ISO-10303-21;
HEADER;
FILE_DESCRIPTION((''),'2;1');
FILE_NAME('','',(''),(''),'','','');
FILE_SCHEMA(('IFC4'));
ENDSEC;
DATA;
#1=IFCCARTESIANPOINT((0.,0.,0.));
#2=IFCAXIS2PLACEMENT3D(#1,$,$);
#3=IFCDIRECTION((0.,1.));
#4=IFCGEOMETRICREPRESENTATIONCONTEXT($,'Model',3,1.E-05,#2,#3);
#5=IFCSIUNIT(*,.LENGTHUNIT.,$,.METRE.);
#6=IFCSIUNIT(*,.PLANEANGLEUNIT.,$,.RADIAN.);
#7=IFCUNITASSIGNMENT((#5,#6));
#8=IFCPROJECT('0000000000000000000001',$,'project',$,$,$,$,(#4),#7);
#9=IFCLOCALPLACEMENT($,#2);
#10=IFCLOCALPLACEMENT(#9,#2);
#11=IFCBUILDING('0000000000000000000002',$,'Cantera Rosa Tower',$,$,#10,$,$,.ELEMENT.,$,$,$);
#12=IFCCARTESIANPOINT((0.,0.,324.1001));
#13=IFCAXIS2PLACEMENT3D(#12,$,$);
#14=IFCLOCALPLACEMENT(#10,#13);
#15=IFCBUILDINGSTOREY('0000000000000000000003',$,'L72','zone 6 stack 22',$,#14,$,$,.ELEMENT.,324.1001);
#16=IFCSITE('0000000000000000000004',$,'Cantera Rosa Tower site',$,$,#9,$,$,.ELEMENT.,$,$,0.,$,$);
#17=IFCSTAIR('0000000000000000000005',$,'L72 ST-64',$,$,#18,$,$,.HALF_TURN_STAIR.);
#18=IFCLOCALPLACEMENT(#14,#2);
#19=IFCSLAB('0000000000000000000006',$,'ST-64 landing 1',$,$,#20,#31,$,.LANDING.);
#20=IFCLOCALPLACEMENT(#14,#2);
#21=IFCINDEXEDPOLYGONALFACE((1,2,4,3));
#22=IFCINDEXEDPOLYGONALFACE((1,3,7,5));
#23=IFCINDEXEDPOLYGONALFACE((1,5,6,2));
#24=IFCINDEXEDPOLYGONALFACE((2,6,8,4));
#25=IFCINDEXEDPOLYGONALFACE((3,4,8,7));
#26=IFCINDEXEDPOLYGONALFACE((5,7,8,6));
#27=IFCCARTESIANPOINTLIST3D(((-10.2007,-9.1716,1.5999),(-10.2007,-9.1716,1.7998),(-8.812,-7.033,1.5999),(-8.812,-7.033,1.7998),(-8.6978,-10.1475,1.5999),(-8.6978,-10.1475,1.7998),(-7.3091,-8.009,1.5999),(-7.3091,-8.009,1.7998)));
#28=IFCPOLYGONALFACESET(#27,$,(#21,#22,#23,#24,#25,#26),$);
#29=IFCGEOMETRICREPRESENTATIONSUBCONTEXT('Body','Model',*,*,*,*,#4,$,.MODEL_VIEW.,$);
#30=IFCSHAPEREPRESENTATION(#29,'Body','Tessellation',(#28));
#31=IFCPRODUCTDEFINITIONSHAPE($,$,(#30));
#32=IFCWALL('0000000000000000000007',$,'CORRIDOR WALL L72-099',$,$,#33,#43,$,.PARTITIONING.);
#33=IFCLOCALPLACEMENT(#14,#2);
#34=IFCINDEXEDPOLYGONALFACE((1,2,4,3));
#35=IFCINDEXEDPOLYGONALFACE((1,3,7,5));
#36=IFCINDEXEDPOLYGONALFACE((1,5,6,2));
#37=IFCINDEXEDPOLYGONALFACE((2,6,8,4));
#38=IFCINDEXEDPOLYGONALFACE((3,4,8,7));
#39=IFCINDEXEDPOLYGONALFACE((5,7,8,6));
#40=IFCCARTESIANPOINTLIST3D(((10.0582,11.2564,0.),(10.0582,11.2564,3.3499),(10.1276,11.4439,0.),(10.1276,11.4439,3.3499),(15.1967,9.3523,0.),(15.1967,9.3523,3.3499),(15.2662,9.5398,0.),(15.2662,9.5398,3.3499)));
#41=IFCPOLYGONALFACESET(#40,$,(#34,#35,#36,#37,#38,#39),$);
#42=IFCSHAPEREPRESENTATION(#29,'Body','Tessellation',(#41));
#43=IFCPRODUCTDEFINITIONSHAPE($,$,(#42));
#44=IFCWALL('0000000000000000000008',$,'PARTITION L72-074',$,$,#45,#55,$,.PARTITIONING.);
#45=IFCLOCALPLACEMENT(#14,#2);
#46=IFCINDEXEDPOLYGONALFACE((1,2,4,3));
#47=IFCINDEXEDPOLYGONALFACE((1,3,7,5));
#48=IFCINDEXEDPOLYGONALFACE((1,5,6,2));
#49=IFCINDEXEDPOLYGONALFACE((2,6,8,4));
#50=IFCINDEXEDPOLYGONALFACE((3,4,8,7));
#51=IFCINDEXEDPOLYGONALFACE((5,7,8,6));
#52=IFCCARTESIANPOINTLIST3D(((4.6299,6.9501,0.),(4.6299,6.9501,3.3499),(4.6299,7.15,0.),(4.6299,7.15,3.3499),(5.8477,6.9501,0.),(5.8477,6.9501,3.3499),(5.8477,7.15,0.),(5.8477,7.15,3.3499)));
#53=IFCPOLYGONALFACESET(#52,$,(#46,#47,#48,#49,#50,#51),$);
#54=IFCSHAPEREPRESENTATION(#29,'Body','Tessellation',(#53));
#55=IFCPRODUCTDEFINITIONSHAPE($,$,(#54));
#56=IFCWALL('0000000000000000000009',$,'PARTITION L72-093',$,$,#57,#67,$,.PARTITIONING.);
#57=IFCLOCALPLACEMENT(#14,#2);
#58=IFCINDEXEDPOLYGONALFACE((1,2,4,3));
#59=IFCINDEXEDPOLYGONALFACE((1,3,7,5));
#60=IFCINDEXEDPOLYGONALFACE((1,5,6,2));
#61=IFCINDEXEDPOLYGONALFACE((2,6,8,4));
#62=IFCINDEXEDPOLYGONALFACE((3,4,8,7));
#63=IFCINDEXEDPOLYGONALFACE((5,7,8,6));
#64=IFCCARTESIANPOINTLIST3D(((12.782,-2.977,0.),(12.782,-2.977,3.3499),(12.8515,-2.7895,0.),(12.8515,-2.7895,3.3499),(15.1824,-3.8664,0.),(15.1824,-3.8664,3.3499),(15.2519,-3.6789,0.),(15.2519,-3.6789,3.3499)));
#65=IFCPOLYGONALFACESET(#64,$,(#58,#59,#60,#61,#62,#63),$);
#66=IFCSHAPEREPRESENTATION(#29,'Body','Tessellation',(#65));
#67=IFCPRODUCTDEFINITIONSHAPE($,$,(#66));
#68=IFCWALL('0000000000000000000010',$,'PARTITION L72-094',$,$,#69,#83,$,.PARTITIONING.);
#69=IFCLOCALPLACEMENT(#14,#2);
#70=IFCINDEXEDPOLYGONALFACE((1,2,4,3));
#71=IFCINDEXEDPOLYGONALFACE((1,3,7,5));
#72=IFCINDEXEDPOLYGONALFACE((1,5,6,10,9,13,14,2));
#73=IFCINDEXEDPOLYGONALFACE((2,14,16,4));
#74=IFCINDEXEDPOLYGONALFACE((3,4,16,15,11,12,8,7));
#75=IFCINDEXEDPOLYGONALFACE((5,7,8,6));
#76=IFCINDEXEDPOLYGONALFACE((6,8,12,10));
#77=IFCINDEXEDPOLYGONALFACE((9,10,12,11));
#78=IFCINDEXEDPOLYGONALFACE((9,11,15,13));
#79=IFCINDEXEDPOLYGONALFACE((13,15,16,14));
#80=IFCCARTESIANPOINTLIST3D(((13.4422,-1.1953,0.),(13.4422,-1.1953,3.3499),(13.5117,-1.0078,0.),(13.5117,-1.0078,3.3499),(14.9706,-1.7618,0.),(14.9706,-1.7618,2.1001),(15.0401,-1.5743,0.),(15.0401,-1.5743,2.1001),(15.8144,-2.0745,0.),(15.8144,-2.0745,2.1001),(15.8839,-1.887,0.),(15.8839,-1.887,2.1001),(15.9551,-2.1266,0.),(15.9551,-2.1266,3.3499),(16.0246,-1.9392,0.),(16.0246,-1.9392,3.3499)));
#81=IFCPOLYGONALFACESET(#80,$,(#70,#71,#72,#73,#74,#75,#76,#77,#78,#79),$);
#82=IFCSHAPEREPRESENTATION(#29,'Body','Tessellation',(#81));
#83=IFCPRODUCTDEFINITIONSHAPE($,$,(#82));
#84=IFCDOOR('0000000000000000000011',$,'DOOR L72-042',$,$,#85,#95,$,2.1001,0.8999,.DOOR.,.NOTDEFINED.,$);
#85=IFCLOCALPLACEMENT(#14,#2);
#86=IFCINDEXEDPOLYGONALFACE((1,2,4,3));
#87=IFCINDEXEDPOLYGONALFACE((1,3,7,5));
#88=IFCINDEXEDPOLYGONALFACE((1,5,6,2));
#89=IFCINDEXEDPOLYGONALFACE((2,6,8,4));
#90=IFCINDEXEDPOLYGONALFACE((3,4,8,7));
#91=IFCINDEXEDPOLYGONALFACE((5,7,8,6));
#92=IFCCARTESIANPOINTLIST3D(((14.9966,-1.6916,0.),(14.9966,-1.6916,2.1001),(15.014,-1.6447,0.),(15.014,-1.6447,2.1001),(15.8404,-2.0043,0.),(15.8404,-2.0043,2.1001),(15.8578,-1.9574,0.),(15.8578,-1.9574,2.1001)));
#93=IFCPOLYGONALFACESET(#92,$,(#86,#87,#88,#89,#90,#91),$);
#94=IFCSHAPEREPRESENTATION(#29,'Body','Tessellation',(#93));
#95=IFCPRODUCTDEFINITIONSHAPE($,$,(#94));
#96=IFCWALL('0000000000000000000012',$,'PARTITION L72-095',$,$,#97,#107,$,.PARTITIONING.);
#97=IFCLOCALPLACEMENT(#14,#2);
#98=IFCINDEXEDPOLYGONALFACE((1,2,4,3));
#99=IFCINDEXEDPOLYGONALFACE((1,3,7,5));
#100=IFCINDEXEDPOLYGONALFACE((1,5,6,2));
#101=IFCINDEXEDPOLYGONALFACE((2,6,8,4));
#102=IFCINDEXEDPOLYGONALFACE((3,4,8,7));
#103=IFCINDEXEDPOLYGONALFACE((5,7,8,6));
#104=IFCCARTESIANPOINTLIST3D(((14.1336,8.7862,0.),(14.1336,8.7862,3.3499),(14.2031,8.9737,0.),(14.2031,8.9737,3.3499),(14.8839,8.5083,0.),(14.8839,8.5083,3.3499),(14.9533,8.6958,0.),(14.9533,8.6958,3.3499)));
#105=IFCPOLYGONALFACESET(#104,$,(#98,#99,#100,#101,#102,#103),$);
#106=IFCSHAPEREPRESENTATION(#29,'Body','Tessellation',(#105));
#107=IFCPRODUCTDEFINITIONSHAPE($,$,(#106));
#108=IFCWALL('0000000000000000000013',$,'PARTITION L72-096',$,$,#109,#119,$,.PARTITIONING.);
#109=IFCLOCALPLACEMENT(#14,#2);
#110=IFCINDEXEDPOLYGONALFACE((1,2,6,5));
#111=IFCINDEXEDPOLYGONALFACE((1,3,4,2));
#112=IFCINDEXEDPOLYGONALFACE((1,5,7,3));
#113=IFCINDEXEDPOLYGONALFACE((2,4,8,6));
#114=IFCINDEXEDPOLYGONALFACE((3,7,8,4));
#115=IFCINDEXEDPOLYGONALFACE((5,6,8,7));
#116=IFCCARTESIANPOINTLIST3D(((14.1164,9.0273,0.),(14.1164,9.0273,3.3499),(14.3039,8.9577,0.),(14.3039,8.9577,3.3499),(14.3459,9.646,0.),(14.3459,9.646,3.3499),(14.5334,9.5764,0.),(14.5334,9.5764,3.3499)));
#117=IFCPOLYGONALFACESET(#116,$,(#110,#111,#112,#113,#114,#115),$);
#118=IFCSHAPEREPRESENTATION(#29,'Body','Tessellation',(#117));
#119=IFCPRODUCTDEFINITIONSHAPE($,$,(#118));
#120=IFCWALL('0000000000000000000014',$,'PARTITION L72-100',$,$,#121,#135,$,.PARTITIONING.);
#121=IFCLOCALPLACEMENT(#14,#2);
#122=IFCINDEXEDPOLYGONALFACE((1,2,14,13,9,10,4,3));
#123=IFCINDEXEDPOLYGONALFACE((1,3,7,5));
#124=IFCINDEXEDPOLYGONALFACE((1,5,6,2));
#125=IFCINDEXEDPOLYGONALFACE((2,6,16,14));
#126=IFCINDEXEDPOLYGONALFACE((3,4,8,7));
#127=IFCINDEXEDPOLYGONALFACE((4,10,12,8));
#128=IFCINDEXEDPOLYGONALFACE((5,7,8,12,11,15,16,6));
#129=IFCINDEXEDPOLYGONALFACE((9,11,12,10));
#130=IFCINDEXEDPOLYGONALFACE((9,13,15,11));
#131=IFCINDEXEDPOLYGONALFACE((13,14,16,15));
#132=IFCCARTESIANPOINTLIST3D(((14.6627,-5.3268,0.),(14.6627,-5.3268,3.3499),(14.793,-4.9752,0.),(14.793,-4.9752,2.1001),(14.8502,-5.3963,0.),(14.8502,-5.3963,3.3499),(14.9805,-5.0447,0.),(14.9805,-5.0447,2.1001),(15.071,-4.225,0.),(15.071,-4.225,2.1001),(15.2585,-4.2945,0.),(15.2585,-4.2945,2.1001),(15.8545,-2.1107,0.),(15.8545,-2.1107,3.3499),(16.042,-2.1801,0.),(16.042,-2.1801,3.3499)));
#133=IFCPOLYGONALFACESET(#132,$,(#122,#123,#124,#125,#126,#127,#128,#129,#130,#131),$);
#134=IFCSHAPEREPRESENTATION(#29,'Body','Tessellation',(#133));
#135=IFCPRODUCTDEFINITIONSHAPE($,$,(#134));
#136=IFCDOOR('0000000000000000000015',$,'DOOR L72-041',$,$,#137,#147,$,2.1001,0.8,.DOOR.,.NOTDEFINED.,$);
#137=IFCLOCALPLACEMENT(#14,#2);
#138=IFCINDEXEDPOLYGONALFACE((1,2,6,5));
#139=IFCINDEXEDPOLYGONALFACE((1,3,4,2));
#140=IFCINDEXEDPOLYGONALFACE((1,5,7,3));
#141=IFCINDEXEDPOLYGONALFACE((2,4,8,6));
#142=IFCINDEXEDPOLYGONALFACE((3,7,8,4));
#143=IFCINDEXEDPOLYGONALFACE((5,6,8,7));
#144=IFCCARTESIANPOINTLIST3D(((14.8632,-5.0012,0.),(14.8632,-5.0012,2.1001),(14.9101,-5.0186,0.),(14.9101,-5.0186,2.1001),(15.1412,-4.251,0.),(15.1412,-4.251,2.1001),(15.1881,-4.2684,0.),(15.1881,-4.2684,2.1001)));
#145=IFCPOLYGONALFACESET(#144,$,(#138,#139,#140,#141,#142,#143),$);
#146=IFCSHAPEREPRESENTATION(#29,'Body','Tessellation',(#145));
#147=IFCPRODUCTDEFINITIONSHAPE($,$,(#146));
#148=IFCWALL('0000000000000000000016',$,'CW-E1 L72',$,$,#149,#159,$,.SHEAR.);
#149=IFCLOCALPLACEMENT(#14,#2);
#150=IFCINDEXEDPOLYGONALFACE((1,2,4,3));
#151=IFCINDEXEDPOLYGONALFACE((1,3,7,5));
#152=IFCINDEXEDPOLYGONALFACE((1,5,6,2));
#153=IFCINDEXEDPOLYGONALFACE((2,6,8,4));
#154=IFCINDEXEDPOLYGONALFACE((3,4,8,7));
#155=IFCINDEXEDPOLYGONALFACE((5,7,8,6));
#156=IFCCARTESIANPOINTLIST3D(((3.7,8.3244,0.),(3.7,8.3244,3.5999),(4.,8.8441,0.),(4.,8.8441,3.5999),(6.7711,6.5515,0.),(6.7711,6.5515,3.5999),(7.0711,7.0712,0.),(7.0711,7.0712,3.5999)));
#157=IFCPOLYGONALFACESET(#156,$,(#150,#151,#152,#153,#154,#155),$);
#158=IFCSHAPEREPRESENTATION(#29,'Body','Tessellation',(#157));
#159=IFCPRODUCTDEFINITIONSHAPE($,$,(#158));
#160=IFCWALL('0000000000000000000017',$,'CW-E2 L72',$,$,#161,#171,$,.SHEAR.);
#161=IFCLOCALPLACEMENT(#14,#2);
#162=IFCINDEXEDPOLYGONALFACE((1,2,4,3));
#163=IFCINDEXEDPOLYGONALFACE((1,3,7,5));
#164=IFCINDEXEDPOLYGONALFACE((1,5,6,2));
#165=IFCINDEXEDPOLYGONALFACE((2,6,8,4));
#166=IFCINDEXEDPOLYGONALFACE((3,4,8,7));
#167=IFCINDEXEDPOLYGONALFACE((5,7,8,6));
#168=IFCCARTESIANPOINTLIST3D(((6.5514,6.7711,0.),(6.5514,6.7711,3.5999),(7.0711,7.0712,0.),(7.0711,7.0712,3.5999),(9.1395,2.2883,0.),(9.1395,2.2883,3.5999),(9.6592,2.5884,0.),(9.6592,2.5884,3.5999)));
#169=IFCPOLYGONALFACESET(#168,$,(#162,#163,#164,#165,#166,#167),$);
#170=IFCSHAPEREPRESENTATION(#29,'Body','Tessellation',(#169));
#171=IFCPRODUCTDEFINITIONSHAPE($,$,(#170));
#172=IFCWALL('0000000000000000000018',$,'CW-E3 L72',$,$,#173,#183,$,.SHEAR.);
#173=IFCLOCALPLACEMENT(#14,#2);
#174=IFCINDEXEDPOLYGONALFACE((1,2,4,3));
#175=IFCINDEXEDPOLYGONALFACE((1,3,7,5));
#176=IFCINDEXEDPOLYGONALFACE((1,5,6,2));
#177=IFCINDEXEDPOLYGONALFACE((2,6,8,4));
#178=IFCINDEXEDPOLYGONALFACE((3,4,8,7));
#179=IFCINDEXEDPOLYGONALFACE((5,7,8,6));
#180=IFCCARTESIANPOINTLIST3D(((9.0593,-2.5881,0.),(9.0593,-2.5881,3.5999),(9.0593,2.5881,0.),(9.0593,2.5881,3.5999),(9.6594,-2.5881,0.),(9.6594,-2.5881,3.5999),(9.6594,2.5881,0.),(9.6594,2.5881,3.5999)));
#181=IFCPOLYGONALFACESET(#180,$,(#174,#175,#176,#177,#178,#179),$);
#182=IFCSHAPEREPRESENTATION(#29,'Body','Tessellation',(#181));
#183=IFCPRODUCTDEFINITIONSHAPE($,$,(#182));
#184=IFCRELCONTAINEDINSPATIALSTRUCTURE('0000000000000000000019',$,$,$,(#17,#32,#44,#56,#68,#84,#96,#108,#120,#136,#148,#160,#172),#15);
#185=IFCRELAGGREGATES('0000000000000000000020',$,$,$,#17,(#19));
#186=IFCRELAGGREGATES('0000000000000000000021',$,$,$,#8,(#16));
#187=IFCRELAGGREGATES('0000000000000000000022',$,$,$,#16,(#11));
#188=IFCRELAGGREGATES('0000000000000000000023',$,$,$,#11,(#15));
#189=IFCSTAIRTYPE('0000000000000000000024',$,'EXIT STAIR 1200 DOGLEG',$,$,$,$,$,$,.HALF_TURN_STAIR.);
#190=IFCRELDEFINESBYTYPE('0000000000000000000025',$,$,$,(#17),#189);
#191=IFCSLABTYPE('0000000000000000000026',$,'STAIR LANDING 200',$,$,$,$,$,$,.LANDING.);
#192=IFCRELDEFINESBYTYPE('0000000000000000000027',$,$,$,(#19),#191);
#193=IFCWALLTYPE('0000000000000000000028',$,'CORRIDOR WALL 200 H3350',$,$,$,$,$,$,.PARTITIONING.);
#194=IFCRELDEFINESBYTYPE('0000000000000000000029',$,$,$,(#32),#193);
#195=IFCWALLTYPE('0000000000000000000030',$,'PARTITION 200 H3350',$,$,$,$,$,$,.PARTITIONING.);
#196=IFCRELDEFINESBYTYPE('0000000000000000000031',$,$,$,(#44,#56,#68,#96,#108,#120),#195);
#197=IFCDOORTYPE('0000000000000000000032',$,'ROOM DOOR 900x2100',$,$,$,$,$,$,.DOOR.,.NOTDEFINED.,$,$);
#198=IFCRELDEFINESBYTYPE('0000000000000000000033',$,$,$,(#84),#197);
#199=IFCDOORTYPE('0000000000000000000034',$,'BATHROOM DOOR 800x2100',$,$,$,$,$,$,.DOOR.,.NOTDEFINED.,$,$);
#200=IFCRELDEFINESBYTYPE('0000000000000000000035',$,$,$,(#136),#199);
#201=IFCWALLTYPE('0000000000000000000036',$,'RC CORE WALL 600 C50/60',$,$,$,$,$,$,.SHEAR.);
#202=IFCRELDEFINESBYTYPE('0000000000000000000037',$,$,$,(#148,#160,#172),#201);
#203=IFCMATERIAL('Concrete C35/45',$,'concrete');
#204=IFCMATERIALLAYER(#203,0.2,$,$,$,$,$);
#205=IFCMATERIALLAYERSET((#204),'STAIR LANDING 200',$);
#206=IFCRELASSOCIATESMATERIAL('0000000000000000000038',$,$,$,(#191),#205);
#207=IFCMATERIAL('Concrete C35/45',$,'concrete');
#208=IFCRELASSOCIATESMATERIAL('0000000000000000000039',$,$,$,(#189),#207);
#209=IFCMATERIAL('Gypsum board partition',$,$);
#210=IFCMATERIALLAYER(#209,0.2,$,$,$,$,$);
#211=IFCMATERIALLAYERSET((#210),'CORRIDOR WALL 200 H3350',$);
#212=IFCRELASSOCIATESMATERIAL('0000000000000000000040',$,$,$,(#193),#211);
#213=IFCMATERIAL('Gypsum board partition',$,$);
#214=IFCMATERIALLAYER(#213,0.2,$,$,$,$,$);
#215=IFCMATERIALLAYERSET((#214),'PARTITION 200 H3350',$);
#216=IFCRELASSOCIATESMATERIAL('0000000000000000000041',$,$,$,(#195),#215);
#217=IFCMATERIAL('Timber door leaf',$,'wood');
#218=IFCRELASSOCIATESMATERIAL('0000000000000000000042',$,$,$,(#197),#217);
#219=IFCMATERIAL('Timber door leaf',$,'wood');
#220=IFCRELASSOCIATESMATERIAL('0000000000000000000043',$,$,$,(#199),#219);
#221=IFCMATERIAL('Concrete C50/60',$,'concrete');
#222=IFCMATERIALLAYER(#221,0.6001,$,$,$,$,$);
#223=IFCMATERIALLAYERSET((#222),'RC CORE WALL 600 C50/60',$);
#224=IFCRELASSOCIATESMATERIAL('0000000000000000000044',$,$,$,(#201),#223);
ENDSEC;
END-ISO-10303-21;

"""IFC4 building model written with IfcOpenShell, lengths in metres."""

from ifc_helpers import new_model, si_unit, direction, frame, frame_2d, origin, place, context, subcontext, project, spatial, polyline, rectangle, outline, extrude, material, layer, layer_set, type_object, element, fill, aggregate, save


model = new_model("IFC4")

# Units and contexts
model_context = context("Model", 3, precision=1e-05, world=origin(), true_north=direction((0.0, 1.0)))
body_context = subcontext(model_context, "Body", "Model", "MODEL_VIEW")
ifc_project = project(units=[si_unit("LENGTHUNIT", "METRE"), si_unit("PLANEANGLEUNIT", "RADIAN")], contexts=[model_context])

# Site, building, storey
site_placement = place(None, origin())
site = spatial("IfcSite", under=ifc_project, at=site_placement, Name="Cantera Rosa Tower site", CompositionType="ELEMENT", RefElevation=0.0)
building_placement = place(site_placement, origin())
building = spatial("IfcBuilding", under=site, at=building_placement, Name="Cantera Rosa Tower", CompositionType="ELEMENT")
storey_placement = place(building_placement, frame((0.0, 0.0, 324.1001)))
storey = spatial("IfcBuildingStorey", under=building, at=storey_placement, Name="L72", Description="zone 6 stack 22", CompositionType="ELEMENT", Elevation=324.1001)

# Stair, slab
ifc_material_1 = material(Name="Concrete C35/45", Category="concrete")
ifc_layer_1 = layer(ifc_material_1, 0.2)
ifc_layer_set_1 = layer_set([ifc_layer_1], Name="STAIR LANDING 200")
slab_type = type_object("IfcSlabType", Name="STAIR LANDING 200", PredefinedType="LANDING", material=ifc_layer_set_1)
ifc_material_2 = material(Name="Concrete C35/45", Category="concrete")
stair_type_1 = type_object("IfcStairType", Name="EXIT STAIR 1200 DOGLEG", PredefinedType="HALF_TURN_STAIR", material=ifc_material_2)
stair_1_placement = place(storey_placement, origin())
stair_1 = element("IfcStair", 1, at=stair_1_placement, inside=storey, type_object=stair_type_1, Name="L72 ST-64", PredefinedType="HALF_TURN_STAIR")
slab_1_placement = place(storey_placement, frame((0.0, 0.0, 1.5999)))
slab_1 = element("IfcSlab", 2, at=slab_1_placement, type_object=slab_type, Name="ST-64 landing 1", PredefinedType="LANDING", context=body_context, shape_type="SweptSolid", body=[
    extrude(outline(polyline([(-7.3091, -8.009), (-8.812, -7.033), (-10.2007, -9.1716), (-8.6978, -10.1475), (-7.3091, -8.009)])), origin(), (0.0, 0.0, 1.0), 0.2),
])
aggregate(stair_1, [slab_1])

# Walls
ifc_material_3 = material(Name="Gypsum board partition")
ifc_layer_2 = layer(ifc_material_3, 0.2)
ifc_layer_set_2 = layer_set([ifc_layer_2], Name="CORRIDOR WALL 200 H3350")
wall_type_1 = type_object("IfcWallType", Name="CORRIDOR WALL 200 H3350", PredefinedType="PARTITIONING", material=ifc_layer_set_2)
wall_1_placement = place(storey_placement, frame((15.2314, 9.446, 0.0), z_axis=(0.0, 0.0, 1.0), x_axis=(-0.937693, 0.347464, 0.0)))
element("IfcWall", 3, at=wall_1_placement, inside=storey, type_object=wall_type_1, Name="CORRIDOR WALL L72-099", PredefinedType="PARTITIONING", context=body_context, shape_type="SweptSolid", body=[
    extrude(rectangle(XDim=5.48, YDim=0.2, at=frame_2d((2.74, 0.0))), origin(), (0.0, 0.0, 1.0), 3.3499),
])
ifc_material_4 = material(Name="Gypsum board partition")
ifc_layer_3 = layer(ifc_material_4, 0.2)
ifc_layer_set_3 = layer_set([ifc_layer_3], Name="PARTITION 200 H3350")
wall_type_2 = type_object("IfcWallType", Name="PARTITION 200 H3350", PredefinedType="PARTITIONING", material=ifc_layer_set_3)
wall_2_placement = place(storey_placement, frame((4.6299, 7.05, 0.0), z_axis=(0.0, 0.0, 1.0), x_axis=(1.0, 0.0, 0.0)))
element("IfcWall", 4, at=wall_2_placement, inside=storey, type_object=wall_type_2, Name="PARTITION L72-074", PredefinedType="PARTITIONING", context=body_context, shape_type="SweptSolid", body=[
    extrude(rectangle(XDim=1.2178, YDim=0.2, at=frame_2d((0.6089, 0.0))), origin(), (0.0, 0.0, 1.0), 3.3499),
])
wall_3_placement = place(storey_placement, frame((12.8169, -2.8833, 0.0), z_axis=(0.0, 0.0, 1.0), x_axis=(0.937702, -0.347442, 0.0)))
element("IfcWall", 5, at=wall_3_placement, inside=storey, type_object=wall_type_2, Name="PARTITION L72-093", PredefinedType="PARTITIONING", context=body_context, shape_type="SweptSolid", body=[
    extrude(rectangle(XDim=2.5598, YDim=0.2, at=frame_2d((1.2798, 0.0))), origin(), (0.0, 0.0, 1.0), 3.3499),
])

# Wall, opening, door
wall_4_placement = place(storey_placement, frame((13.4771, -1.1016, 0.0), z_axis=(0.0, 0.0, 1.0), x_axis=(0.937666, -0.347537, 0.0)))
wall_4 = element("IfcWall", 6, at=wall_4_placement, inside=storey, type_object=wall_type_2, Name="PARTITION L72-094", PredefinedType="PARTITIONING", context=body_context, shape_type="SweptSolid", body=[
    extrude(rectangle(XDim=2.6799, YDim=0.2, at=frame_2d((1.3398, 0.0))), origin(), (0.0, 0.0, 1.0), 3.3499),
])
opening_1_placement = place(wall_4_placement, frame((1.6299, 0.0, 0.0)))
opening_1 = element("IfcOpeningElement", 7, at=opening_1_placement, cuts=wall_4, PredefinedType="OPENING", context=body_context, shape_type="SweptSolid", body=[
    extrude(rectangle(XDim=0.8999, YDim=2.1001, at=frame_2d((0.45, 1.05))), frame((0.0, 0.1099, 0.0), z_axis=(0.0, -1.0, 0.0), x_axis=(1.0, 0.0, 0.0)), (0.0, 0.0, 1.0), 0.22),
])
ifc_material_5 = material(Name="Timber door leaf", Category="wood")
door_type_1 = type_object("IfcDoorType", Name="ROOM DOOR 900x2100", OperationType="NOTDEFINED", PredefinedType="DOOR", material=ifc_material_5)
door_1_placement = place(opening_1_placement, origin())
door_1 = element("IfcDoor", 8, at=door_1_placement, inside=storey, type_object=door_type_1, Name="DOOR L72-042", OperationType="NOTDEFINED", OverallHeight=2.1001, OverallWidth=0.8999, PredefinedType="DOOR", context=body_context, shape_type="SweptSolid", body=[
    extrude(rectangle(XDim=0.8999, YDim=2.1001, at=frame_2d((0.45, 1.05))), frame((0.0, 0.0249, 0.0), z_axis=(0.0, -1.0, 0.0), x_axis=(1.0, 0.0, 0.0)), (0.0, 0.0, 1.0), 0.05),
])
fill(opening_1, door_1)

# Walls
wall_5_placement = place(storey_placement, frame((14.1685, 8.8799, 0.0), z_axis=(0.0, 0.0, 1.0), x_axis=(0.937763, -0.347275, 0.0)))
element("IfcWall", 9, at=wall_5_placement, inside=storey, type_object=wall_type_2, Name="PARTITION L72-095", PredefinedType="PARTITIONING", context=body_context, shape_type="SweptSolid", body=[
    extrude(rectangle(XDim=0.8, YDim=0.2, at=frame_2d((0.3999, 0.0))), origin(), (0.0, 0.0, 1.0), 3.3499),
])
wall_6_placement = place(storey_placement, frame((14.4397, 9.6113, 0.0), z_axis=(0.0, 0.0, 1.0), x_axis=(-0.347796, -0.93757, 0.0)))
element("IfcWall", 10, at=wall_6_placement, inside=storey, type_object=wall_type_2, Name="PARTITION L72-096", PredefinedType="PARTITIONING", context=body_context, shape_type="SweptSolid", body=[
    extrude(rectangle(XDim=0.6599, YDim=0.2, at=frame_2d((0.3301, 0.0))), origin(), (0.0, 0.0, 1.0), 3.3499),
])

# Wall, opening, door
wall_7_placement = place(storey_placement, frame((15.9482, -2.1455, 0.0), z_axis=(0.0, 0.0, 1.0), x_axis=(-0.347486, -0.937685, 0.0)))
wall_7 = element("IfcWall", 11, at=wall_7_placement, inside=storey, type_object=wall_type_2, Name="PARTITION L72-100", PredefinedType="PARTITIONING", context=body_context, shape_type="SweptSolid", body=[
    extrude(rectangle(XDim=3.4299, YDim=0.2, at=frame_2d((1.7148, 0.0))), origin(), (0.0, 0.0, 1.0), 3.3499),
])
opening_2_placement = place(wall_7_placement, frame((2.2549, 0.0, 0.0)))
opening_2 = element("IfcOpeningElement", 12, at=opening_2_placement, cuts=wall_7, PredefinedType="OPENING", context=body_context, shape_type="SweptSolid", body=[
    extrude(rectangle(XDim=0.8, YDim=2.1001, at=frame_2d((0.3999, 1.05))), frame((0.0, 0.1099, 0.0), z_axis=(0.0, -1.0, 0.0), x_axis=(1.0, 0.0, 0.0)), (0.0, 0.0, 1.0), 0.22),
])
ifc_material_6 = material(Name="Timber door leaf", Category="wood")
door_type_2 = type_object("IfcDoorType", Name="BATHROOM DOOR 800x2100", OperationType="NOTDEFINED", PredefinedType="DOOR", material=ifc_material_6)
door_2_placement = place(opening_2_placement, origin())
door_2 = element("IfcDoor", 13, at=door_2_placement, inside=storey, type_object=door_type_2, Name="DOOR L72-041", OperationType="NOTDEFINED", OverallHeight=2.1001, OverallWidth=0.8, PredefinedType="DOOR", context=body_context, shape_type="SweptSolid", body=[
    extrude(rectangle(XDim=0.8, YDim=2.1001, at=frame_2d((0.3999, 1.05))), frame((0.0, 0.0249, 0.0), z_axis=(0.0, -1.0, 0.0), x_axis=(1.0, 0.0, 0.0)), (0.0, 0.0, 1.0), 0.05),
])
fill(opening_2, door_2)

# Walls
ifc_material_7 = material(Name="Concrete C50/60", Category="concrete")
ifc_layer_4 = layer(ifc_material_7, 0.6001)
ifc_layer_set_4 = layer_set([ifc_layer_4], Name="RC CORE WALL 600 C50/60")
wall_type_3 = type_object("IfcWallType", Name="RC CORE WALL 600 C50/60", PredefinedType="SHEAR", material=ifc_layer_set_4)
wall_8_placement = place(storey_placement, frame((3.8501, 8.5842, 0.0), z_axis=(0.0, 0.0, 1.0), x_axis=(0.86604, -0.499975, 0.0)))
element("IfcWall", 14, at=wall_8_placement, inside=storey, type_object=wall_type_3, Name="CW-E1 L72", PredefinedType="SHEAR", context=body_context, shape_type="SweptSolid", body=[
    extrude(rectangle(XDim=3.5461, YDim=0.6001, at=frame_2d((1.7729, 0.0))), origin(), (0.0, 0.0, 1.0), 3.5999),
])
for number, where, z_axis, x_axis, name in (
    (15, (6.8113, 6.9211, 0.0), (0.0, 0.0, 1.0), (0.499989, -0.866032, 0.0), "CW-E2 L72"),
    (16, (9.3594, 2.5881, 0.0), (0.0, 0.0, 1.0), (0.0, -1.0, 0.0), "CW-E3 L72"),
):
    element("IfcWall", number, at=place(storey_placement, frame(where, z_axis=z_axis, x_axis=x_axis)), inside=storey, type_object=wall_type_3, Name=name, PredefinedType="SHEAR", context=body_context, shape_type="SweptSolid", body=[
        extrude(rectangle(XDim=5.1763, YDim=0.6001, at=frame_2d((2.5881, 0.0))), origin(), (0.0, 0.0, 1.0), 3.5999),
    ])

save(model, "model.ifc")
